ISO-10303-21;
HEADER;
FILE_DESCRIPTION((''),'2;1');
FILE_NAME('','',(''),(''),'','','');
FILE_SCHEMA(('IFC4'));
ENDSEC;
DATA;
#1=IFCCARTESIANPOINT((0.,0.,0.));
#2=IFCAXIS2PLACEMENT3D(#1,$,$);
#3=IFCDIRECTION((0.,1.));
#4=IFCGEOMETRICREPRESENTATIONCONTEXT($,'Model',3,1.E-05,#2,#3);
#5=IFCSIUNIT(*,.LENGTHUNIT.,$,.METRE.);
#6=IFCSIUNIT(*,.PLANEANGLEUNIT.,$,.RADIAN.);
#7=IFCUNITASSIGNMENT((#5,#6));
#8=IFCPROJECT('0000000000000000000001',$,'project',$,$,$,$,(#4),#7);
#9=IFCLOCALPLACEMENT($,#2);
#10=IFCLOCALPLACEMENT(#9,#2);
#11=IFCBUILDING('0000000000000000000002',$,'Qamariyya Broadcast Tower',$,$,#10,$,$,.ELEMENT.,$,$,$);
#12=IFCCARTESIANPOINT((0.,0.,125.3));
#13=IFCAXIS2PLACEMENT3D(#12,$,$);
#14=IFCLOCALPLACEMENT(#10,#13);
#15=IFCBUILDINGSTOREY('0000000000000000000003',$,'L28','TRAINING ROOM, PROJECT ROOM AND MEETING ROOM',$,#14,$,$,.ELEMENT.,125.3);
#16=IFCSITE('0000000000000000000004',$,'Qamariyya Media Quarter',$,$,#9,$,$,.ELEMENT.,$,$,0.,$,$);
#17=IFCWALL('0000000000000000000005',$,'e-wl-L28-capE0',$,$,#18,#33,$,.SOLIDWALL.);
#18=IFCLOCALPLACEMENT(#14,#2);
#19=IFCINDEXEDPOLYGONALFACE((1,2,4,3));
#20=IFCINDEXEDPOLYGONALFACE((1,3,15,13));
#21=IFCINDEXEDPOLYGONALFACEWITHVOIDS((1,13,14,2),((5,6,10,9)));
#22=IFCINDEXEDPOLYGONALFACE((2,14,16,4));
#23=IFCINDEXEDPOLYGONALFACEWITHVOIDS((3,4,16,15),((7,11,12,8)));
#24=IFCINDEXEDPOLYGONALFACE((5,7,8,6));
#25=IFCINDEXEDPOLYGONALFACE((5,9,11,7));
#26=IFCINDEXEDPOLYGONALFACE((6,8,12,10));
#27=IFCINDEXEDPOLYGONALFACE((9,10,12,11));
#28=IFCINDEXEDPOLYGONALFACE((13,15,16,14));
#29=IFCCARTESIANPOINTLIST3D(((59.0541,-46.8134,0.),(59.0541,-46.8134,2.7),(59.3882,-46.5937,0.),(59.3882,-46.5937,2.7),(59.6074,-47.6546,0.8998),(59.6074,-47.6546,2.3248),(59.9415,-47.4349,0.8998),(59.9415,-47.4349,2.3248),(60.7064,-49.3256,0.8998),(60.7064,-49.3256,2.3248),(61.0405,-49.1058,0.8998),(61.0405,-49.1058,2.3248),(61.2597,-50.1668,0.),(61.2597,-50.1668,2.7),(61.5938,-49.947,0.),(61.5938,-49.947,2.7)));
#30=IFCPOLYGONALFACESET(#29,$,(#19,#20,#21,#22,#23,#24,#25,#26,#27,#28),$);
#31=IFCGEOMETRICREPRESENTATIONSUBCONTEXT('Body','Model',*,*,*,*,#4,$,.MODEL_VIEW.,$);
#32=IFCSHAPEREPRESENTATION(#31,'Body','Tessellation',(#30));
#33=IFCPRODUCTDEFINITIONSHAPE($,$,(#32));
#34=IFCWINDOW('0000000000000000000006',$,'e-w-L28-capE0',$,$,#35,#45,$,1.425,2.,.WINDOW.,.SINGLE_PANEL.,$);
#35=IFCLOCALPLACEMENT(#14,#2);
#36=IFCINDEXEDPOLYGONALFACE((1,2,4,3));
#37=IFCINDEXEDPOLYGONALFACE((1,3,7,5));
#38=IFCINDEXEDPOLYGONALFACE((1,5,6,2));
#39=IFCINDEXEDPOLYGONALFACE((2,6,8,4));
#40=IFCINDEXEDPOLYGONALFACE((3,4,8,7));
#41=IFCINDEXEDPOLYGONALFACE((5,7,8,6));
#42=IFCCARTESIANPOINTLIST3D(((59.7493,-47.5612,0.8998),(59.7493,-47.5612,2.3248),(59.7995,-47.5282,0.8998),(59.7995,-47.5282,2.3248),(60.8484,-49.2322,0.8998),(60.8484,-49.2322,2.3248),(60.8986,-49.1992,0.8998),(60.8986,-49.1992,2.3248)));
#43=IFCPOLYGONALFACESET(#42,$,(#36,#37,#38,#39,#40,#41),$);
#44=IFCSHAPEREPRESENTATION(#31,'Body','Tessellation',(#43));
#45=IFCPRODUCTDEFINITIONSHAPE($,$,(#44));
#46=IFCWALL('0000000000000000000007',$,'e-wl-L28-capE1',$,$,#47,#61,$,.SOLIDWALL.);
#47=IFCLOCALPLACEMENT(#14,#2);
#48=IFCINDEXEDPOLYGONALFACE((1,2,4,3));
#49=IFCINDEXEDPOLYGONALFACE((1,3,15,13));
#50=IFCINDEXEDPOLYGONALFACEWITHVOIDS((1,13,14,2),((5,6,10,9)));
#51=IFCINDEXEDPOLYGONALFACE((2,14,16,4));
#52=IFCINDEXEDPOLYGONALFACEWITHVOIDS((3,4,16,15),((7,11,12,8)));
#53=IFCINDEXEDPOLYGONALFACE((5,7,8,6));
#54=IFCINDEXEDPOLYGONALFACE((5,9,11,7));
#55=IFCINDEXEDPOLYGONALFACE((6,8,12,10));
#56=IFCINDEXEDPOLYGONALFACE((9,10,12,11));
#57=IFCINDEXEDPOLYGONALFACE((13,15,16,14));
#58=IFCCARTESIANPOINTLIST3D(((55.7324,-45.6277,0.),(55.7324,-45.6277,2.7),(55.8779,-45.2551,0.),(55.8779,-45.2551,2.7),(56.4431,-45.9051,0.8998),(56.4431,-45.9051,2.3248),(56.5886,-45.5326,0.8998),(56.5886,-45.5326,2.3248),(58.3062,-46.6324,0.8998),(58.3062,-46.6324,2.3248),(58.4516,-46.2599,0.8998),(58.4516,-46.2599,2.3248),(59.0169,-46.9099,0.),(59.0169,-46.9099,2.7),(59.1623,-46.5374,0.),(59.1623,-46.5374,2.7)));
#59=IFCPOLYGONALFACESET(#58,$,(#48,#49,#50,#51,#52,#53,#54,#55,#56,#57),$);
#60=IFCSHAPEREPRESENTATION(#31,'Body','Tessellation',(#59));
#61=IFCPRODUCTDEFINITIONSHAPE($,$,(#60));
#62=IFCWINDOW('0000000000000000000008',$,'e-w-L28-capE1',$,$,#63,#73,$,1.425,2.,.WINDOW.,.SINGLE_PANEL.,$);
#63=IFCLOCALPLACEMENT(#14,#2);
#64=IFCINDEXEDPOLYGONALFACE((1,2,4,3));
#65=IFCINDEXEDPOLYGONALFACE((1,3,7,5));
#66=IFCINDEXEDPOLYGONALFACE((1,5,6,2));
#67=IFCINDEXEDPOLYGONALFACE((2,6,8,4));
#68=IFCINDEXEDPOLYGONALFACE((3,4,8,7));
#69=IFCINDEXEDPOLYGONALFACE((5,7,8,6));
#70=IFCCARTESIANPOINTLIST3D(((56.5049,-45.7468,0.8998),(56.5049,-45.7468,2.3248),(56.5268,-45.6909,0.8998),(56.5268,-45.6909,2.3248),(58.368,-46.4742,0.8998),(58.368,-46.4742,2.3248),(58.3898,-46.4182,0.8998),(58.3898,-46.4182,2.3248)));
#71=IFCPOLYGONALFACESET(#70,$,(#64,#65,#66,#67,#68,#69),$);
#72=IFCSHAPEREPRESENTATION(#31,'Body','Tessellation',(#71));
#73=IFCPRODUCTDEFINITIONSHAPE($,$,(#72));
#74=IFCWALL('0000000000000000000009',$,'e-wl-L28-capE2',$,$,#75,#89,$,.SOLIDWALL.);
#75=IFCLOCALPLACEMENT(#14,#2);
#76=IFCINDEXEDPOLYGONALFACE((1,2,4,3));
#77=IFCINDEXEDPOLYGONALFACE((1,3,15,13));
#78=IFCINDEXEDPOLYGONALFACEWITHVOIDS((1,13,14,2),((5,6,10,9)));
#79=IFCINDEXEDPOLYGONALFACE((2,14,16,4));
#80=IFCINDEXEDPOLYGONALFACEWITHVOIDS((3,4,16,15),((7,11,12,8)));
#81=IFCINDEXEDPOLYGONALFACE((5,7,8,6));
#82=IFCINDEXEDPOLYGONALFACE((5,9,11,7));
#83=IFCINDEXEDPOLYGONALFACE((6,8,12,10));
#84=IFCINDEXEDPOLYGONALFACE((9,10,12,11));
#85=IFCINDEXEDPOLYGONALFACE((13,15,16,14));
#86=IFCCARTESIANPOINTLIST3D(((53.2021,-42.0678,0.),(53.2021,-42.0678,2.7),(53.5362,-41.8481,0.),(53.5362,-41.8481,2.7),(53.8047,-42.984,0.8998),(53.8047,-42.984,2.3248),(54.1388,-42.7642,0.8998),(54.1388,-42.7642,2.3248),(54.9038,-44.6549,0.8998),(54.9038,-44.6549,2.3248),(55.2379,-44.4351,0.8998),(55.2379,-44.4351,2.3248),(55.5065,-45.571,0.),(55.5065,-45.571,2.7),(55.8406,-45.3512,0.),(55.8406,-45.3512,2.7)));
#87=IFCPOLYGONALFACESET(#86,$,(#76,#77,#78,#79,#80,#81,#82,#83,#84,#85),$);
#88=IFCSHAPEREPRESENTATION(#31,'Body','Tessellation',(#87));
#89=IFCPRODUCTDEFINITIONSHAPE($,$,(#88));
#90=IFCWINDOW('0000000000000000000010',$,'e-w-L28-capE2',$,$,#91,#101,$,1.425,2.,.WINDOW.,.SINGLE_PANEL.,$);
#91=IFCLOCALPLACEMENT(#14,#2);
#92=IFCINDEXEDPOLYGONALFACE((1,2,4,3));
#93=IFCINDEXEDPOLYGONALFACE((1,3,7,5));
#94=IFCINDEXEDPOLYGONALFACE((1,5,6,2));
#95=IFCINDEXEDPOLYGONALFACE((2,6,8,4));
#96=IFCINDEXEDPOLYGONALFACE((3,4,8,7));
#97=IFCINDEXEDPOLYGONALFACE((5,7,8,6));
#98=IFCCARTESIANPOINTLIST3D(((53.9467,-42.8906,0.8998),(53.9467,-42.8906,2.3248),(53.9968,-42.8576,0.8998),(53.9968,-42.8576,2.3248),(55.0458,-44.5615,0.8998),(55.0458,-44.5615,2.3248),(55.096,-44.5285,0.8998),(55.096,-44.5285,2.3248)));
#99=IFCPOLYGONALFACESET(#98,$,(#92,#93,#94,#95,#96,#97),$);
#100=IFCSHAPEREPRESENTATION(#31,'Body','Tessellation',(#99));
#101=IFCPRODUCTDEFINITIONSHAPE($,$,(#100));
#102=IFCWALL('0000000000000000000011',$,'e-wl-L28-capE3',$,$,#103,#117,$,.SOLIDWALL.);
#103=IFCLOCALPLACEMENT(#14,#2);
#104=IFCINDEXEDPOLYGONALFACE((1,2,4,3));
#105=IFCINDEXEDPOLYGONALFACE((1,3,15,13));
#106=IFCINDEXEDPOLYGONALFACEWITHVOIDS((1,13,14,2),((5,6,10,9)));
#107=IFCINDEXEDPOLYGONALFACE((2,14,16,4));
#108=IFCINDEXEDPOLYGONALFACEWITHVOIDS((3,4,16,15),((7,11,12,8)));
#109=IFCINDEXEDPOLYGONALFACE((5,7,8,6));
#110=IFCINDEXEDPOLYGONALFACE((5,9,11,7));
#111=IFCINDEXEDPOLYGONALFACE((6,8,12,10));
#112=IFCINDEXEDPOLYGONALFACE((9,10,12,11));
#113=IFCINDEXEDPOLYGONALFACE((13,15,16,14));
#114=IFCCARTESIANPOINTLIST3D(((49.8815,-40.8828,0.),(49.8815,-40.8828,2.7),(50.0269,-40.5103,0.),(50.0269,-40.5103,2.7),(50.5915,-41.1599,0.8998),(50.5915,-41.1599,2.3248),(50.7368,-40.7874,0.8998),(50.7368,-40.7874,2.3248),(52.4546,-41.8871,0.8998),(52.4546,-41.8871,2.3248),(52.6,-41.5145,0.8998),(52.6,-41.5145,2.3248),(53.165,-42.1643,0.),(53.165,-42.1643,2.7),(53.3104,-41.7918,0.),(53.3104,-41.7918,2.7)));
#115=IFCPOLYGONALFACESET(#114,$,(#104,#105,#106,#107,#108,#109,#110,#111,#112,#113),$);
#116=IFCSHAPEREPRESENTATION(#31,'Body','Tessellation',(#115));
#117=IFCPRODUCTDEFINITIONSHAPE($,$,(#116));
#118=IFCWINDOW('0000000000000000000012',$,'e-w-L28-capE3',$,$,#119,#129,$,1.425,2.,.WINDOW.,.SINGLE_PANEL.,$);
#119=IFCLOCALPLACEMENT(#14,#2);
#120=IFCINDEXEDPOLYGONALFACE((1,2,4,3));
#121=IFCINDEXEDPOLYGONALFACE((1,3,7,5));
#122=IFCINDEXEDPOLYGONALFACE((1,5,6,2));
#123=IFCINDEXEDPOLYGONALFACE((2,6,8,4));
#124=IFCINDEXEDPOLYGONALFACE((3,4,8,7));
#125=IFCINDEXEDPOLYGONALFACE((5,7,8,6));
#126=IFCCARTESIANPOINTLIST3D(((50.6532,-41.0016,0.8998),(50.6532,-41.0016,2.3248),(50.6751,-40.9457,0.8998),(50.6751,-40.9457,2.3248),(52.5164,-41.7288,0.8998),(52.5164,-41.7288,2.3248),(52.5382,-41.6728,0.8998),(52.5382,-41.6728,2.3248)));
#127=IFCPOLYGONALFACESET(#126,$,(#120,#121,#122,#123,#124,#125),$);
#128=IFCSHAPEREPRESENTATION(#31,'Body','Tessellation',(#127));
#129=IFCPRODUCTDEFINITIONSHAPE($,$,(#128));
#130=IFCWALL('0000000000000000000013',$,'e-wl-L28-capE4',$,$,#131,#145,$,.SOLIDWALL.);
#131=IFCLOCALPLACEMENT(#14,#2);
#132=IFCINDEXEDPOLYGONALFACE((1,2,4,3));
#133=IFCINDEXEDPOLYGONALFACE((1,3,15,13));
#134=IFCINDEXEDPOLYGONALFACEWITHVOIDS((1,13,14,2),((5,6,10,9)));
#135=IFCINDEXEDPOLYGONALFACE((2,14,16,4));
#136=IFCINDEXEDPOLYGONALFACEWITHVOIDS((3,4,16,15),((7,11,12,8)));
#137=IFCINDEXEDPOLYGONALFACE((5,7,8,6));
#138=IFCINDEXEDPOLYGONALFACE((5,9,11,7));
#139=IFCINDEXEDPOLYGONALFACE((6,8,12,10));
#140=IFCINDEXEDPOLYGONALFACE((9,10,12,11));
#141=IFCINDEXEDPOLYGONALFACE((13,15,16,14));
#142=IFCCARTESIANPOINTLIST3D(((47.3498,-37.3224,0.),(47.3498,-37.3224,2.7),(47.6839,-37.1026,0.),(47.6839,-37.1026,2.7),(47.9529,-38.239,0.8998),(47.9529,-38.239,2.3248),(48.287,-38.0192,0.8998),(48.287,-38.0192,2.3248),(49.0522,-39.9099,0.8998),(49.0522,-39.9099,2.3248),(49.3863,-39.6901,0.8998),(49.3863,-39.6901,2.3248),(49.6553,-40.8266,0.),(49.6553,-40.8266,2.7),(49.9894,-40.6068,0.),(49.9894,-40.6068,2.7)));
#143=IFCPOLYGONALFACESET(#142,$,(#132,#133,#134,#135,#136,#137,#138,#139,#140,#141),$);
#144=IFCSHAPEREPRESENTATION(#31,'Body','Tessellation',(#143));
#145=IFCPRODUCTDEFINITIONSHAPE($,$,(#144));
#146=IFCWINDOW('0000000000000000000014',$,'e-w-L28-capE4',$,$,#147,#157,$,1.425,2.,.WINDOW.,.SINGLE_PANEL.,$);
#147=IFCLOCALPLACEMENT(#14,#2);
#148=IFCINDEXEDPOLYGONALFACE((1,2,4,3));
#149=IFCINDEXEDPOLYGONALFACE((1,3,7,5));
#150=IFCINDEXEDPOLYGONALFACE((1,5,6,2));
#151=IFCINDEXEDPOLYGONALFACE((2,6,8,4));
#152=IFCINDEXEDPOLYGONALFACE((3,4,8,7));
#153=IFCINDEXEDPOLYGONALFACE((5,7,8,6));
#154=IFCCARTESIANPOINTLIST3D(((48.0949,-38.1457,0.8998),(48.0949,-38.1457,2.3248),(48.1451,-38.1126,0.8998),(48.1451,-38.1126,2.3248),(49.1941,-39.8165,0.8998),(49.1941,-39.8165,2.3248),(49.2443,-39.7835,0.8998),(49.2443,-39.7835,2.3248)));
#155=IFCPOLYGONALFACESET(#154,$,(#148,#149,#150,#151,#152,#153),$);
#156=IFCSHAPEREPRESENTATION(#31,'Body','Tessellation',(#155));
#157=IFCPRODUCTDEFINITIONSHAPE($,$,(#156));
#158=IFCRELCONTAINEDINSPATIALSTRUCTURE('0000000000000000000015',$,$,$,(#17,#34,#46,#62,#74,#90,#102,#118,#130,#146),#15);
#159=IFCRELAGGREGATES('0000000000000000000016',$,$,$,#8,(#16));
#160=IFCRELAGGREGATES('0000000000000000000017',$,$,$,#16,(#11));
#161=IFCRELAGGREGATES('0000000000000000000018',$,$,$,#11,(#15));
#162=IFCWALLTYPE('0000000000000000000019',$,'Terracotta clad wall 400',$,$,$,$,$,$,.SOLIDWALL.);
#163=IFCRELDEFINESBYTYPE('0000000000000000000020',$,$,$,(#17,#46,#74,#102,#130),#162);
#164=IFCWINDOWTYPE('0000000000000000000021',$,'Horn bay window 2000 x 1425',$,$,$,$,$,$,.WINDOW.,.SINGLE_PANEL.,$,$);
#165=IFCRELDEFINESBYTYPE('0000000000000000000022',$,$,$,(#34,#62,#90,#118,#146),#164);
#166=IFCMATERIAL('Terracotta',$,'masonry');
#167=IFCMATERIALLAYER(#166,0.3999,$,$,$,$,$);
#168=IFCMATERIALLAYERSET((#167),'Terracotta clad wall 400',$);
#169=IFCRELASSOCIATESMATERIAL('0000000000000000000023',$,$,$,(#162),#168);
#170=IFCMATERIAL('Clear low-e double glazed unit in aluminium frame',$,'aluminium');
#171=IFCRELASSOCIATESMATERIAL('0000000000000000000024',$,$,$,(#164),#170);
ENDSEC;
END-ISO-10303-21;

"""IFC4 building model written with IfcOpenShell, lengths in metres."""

from ifc_helpers import new_model, si_unit, direction, frame, frame_2d, origin, place, context, subcontext, project, spatial, rectangle, extrude, material, layer, layer_set, type_object, element, fill, save


model = new_model("IFC4")

# Units and contexts
model_context = context("Model", 3, precision=1e-05, world=origin(), true_north=direction((0.0, 1.0)))
body_context = subcontext(model_context, "Body", "Model", "MODEL_VIEW")
ifc_project = project(units=[si_unit("LENGTHUNIT", "METRE"), si_unit("PLANEANGLEUNIT", "RADIAN")], contexts=[model_context])

# Site, building, storey
site_placement = place(None, origin())
site = spatial("IfcSite", under=ifc_project, at=site_placement, Name="Qamariyya Media Quarter", CompositionType="ELEMENT", RefElevation=0.0)
building_placement = place(site_placement, origin())
building = spatial("IfcBuilding", under=site, at=building_placement, Name="Qamariyya Broadcast Tower", CompositionType="ELEMENT")
storey_placement = place(building_placement, frame((0.0, 0.0, 125.3)))
storey = spatial("IfcBuildingStorey", under=building, at=storey_placement, Name="L28", Description="TRAINING ROOM, PROJECT ROOM AND MEETING ROOM", CompositionType="ELEMENT", Elevation=125.3)

# Walls, openings, windows
ifc_material_1 = material(Name="Terracotta", Category="masonry")
ifc_layer_1 = layer(ifc_material_1, 0.3999)
ifc_layer_set_1 = layer_set([ifc_layer_1], Name="Terracotta clad wall 400")
wall_type_1 = type_object("IfcWallType", Name="Terracotta clad wall 400", PredefinedType="SOLIDWALL", material=ifc_layer_set_1)
wall_1_placement = place(storey_placement, frame((61.4268, -50.0569, 0.0), z_axis=(0.0, 0.0, 1.0), x_axis=(-0.549524, 0.835478, 0.0)))
wall_1 = element("IfcWall", 1, at=wall_1_placement, inside=storey, type_object=wall_type_1, Name="e-wl-L28-capE0", PredefinedType="SOLIDWALL", context=body_context, shape_type="SweptSolid", body=[
    extrude(rectangle(XDim=4.0137, YDim=0.3999, at=frame_2d((2.0068, 0.0))), origin(), (0.0, 0.0, 1.0), 2.7),
])
opening_1_placement = place(wall_1_placement, frame((1.0068, 0.0, 0.8999)))
opening_1 = element("IfcOpeningElement", 2, at=opening_1_placement, cuts=wall_1, PredefinedType="OPENING", context=body_context, shape_type="SweptSolid", body=[
    extrude(rectangle(XDim=2.0, YDim=1.425, at=frame_2d((1.0, 0.7124))), frame((0.0, 0.21, 0.0), z_axis=(0.0, -1.0, 0.0), x_axis=(1.0, 0.0, 0.0)), (0.0, 0.0, 1.0), 0.4199),
])
ifc_material_2 = material(Name="Clear low-e double glazed unit in aluminium frame", Category="aluminium")
window_type_1 = type_object("IfcWindowType", Name="Horn bay window 2000 x 1425", PartitioningType="SINGLE_PANEL", PredefinedType="WINDOW", material=ifc_material_2)
window_1_placement = place(opening_1_placement, origin())
window_1 = element("IfcWindow", 3, at=window_1_placement, inside=storey, type_object=window_type_1, Name="e-w-L28-capE0", OverallHeight=1.425, OverallWidth=2.0, PartitioningType="SINGLE_PANEL", PredefinedType="WINDOW", context=body_context, shape_type="SweptSolid", body=[
    extrude(rectangle(XDim=2.0, YDim=1.425, at=frame_2d((1.0, 0.7124))), frame((0.0, 0.03, 0.0), z_axis=(0.0, -1.0, 0.0), x_axis=(1.0, 0.0, 0.0)), (0.0, 0.0, 1.0), 0.0601),
])
fill(opening_1, window_1)
wall_2_placement = place(storey_placement, frame((59.0896, -46.7236, 0.0), z_axis=(0.0, 0.0, 1.0), x_axis=(-0.93153, 0.363666, 0.0)))
wall_2 = element("IfcWall", 4, at=wall_2_placement, inside=storey, type_object=wall_type_1, Name="e-wl-L28-capE1", PredefinedType="SOLIDWALL", context=body_context, shape_type="SweptSolid", body=[
    extrude(rectangle(XDim=3.5259, YDim=0.3999, at=frame_2d((1.7629, 0.0))), origin(), (0.0, 0.0, 1.0), 2.7),
])
opening_2_placement = place(wall_2_placement, frame((0.7629, 0.0, 0.8999)))
opening_2 = element("IfcOpeningElement", 5, at=opening_2_placement, cuts=wall_2, PredefinedType="OPENING", context=body_context, shape_type="SweptSolid", body=[
    extrude(rectangle(XDim=2.0, YDim=1.425, at=frame_2d((1.0, 0.7124))), frame((0.0, 0.21, 0.0), z_axis=(0.0, -1.0, 0.0), x_axis=(1.0, 0.0, 0.0)), (0.0, 0.0, 1.0), 0.4199),
])
window_2_placement = place(opening_2_placement, origin())
window_2 = element("IfcWindow", 6, at=window_2_placement, inside=storey, type_object=window_type_1, Name="e-w-L28-capE1", OverallHeight=1.425, OverallWidth=2.0, PartitioningType="SINGLE_PANEL", PredefinedType="WINDOW", context=body_context, shape_type="SweptSolid", body=[
    extrude(rectangle(XDim=2.0, YDim=1.425, at=frame_2d((1.0, 0.7124))), frame((0.0, 0.03, 0.0), z_axis=(0.0, -1.0, 0.0), x_axis=(1.0, 0.0, 0.0)), (0.0, 0.0, 1.0), 0.0601),
])
fill(opening_2, window_2)
wall_3_placement = place(storey_placement, frame((55.6736, -45.4612, 0.0), z_axis=(0.0, 0.0, 1.0), x_axis=(-0.549571, 0.835447, 0.0)))
wall_3 = element("IfcWall", 7, at=wall_3_placement, inside=storey, type_object=wall_type_1, Name="e-wl-L28-capE2", PredefinedType="SOLIDWALL", context=body_context, shape_type="SweptSolid", body=[
    extrude(rectangle(XDim=4.1931, YDim=0.3999, at=frame_2d((2.0967, 0.0))), origin(), (0.0, 0.0, 1.0), 2.7),
])
opening_3_placement = place(wall_3_placement, frame((1.0967, 0.0, 0.8999)))
opening_3 = element("IfcOpeningElement", 8, at=opening_3_placement, cuts=wall_3, PredefinedType="OPENING", context=body_context, shape_type="SweptSolid", body=[
    extrude(rectangle(XDim=2.0, YDim=1.425, at=frame_2d((1.0, 0.7124))), frame((0.0, 0.21, 0.0), z_axis=(0.0, -1.0, 0.0), x_axis=(1.0, 0.0, 0.0)), (0.0, 0.0, 1.0), 0.4199),
])
window_3_placement = place(opening_3_placement, origin())
window_3 = element("IfcWindow", 9, at=window_3_placement, inside=storey, type_object=window_type_1, Name="e-w-L28-capE2", OverallHeight=1.425, OverallWidth=2.0, PartitioningType="SINGLE_PANEL", PredefinedType="WINDOW", context=body_context, shape_type="SweptSolid", body=[
    extrude(rectangle(XDim=2.0, YDim=1.425, at=frame_2d((1.0, 0.7124))), frame((0.0, 0.03, 0.0), z_axis=(0.0, -1.0, 0.0), x_axis=(1.0, 0.0, 0.0)), (0.0, 0.0, 1.0), 0.0601),
])
fill(opening_3, window_3)
wall_4_placement = place(storey_placement, frame((53.2375, -41.978, 0.0), z_axis=(0.0, 0.0, 1.0), x_axis=(-0.931563, 0.363579, 0.0)))
wall_4 = element("IfcWall", 10, at=wall_4_placement, inside=storey, type_object=wall_type_1, Name="e-wl-L28-capE3", PredefinedType="SOLIDWALL", context=body_context, shape_type="SweptSolid", body=[
    extrude(rectangle(XDim=3.5247, YDim=0.3999, at=frame_2d((1.7622, 0.0))), origin(), (0.0, 0.0, 1.0), 2.7),
])
opening_4_placement = place(wall_4_placement, frame((0.7625, 0.0, 0.8999)))
opening_4 = element("IfcOpeningElement", 11, at=opening_4_placement, cuts=wall_4, PredefinedType="OPENING", context=body_context, shape_type="SweptSolid", body=[
    extrude(rectangle(XDim=2.0, YDim=1.425, at=frame_2d((1.0, 0.7124))), frame((0.0, 0.21, 0.0), z_axis=(0.0, -1.0, 0.0), x_axis=(1.0, 0.0, 0.0)), (0.0, 0.0, 1.0), 0.4199),
])
window_4_placement = place(opening_4_placement, origin())
window_4 = element("IfcWindow", 12, at=window_4_placement, inside=storey, type_object=window_type_1, Name="e-w-L28-capE3", OverallHeight=1.425, OverallWidth=2.0, PartitioningType="SINGLE_PANEL", PredefinedType="WINDOW", context=body_context, shape_type="SweptSolid", body=[
    extrude(rectangle(XDim=2.0, YDim=1.425, at=frame_2d((1.0, 0.7124))), frame((0.0, 0.03, 0.0), z_axis=(0.0, -1.0, 0.0), x_axis=(1.0, 0.0, 0.0)), (0.0, 0.0, 1.0), 0.0601),
])
fill(opening_4, window_4)
wall_5_placement = place(storey_placement, frame((49.8223, -40.7166, 0.0), z_axis=(0.0, 0.0, 1.0), x_axis=(-0.549626, 0.835411, 0.0)))
wall_5 = element("IfcWall", 13, at=wall_5_placement, inside=storey, type_object=wall_type_1, Name="e-wl-L28-capE4", PredefinedType="SOLIDWALL", context=body_context, shape_type="SweptSolid", body=[
    extrude(rectangle(XDim=4.1946, YDim=0.3999, at=frame_2d((2.0972, 0.0))), origin(), (0.0, 0.0, 1.0), 2.7),
])
opening_5_placement = place(wall_5_placement, frame((1.0972, 0.0, 0.8999)))
opening_5 = element("IfcOpeningElement", 14, at=opening_5_placement, cuts=wall_5, PredefinedType="OPENING", context=body_context, shape_type="SweptSolid", body=[
    extrude(rectangle(XDim=2.0, YDim=1.425, at=frame_2d((1.0, 0.7124))), frame((0.0, 0.21, 0.0), z_axis=(0.0, -1.0, 0.0), x_axis=(1.0, 0.0, 0.0)), (0.0, 0.0, 1.0), 0.4199),
])
window_5_placement = place(opening_5_placement, origin())
window_5 = element("IfcWindow", 15, at=window_5_placement, inside=storey, type_object=window_type_1, Name="e-w-L28-capE4", OverallHeight=1.425, OverallWidth=2.0, PartitioningType="SINGLE_PANEL", PredefinedType="WINDOW", context=body_context, shape_type="SweptSolid", body=[
    extrude(rectangle(XDim=2.0, YDim=1.425, at=frame_2d((1.0, 0.7124))), frame((0.0, 0.03, 0.0), z_axis=(0.0, -1.0, 0.0), x_axis=(1.0, 0.0, 0.0)), (0.0, 0.0, 1.0), 0.0601),
])
fill(opening_5, window_5)

save(model, "model.ifc")
